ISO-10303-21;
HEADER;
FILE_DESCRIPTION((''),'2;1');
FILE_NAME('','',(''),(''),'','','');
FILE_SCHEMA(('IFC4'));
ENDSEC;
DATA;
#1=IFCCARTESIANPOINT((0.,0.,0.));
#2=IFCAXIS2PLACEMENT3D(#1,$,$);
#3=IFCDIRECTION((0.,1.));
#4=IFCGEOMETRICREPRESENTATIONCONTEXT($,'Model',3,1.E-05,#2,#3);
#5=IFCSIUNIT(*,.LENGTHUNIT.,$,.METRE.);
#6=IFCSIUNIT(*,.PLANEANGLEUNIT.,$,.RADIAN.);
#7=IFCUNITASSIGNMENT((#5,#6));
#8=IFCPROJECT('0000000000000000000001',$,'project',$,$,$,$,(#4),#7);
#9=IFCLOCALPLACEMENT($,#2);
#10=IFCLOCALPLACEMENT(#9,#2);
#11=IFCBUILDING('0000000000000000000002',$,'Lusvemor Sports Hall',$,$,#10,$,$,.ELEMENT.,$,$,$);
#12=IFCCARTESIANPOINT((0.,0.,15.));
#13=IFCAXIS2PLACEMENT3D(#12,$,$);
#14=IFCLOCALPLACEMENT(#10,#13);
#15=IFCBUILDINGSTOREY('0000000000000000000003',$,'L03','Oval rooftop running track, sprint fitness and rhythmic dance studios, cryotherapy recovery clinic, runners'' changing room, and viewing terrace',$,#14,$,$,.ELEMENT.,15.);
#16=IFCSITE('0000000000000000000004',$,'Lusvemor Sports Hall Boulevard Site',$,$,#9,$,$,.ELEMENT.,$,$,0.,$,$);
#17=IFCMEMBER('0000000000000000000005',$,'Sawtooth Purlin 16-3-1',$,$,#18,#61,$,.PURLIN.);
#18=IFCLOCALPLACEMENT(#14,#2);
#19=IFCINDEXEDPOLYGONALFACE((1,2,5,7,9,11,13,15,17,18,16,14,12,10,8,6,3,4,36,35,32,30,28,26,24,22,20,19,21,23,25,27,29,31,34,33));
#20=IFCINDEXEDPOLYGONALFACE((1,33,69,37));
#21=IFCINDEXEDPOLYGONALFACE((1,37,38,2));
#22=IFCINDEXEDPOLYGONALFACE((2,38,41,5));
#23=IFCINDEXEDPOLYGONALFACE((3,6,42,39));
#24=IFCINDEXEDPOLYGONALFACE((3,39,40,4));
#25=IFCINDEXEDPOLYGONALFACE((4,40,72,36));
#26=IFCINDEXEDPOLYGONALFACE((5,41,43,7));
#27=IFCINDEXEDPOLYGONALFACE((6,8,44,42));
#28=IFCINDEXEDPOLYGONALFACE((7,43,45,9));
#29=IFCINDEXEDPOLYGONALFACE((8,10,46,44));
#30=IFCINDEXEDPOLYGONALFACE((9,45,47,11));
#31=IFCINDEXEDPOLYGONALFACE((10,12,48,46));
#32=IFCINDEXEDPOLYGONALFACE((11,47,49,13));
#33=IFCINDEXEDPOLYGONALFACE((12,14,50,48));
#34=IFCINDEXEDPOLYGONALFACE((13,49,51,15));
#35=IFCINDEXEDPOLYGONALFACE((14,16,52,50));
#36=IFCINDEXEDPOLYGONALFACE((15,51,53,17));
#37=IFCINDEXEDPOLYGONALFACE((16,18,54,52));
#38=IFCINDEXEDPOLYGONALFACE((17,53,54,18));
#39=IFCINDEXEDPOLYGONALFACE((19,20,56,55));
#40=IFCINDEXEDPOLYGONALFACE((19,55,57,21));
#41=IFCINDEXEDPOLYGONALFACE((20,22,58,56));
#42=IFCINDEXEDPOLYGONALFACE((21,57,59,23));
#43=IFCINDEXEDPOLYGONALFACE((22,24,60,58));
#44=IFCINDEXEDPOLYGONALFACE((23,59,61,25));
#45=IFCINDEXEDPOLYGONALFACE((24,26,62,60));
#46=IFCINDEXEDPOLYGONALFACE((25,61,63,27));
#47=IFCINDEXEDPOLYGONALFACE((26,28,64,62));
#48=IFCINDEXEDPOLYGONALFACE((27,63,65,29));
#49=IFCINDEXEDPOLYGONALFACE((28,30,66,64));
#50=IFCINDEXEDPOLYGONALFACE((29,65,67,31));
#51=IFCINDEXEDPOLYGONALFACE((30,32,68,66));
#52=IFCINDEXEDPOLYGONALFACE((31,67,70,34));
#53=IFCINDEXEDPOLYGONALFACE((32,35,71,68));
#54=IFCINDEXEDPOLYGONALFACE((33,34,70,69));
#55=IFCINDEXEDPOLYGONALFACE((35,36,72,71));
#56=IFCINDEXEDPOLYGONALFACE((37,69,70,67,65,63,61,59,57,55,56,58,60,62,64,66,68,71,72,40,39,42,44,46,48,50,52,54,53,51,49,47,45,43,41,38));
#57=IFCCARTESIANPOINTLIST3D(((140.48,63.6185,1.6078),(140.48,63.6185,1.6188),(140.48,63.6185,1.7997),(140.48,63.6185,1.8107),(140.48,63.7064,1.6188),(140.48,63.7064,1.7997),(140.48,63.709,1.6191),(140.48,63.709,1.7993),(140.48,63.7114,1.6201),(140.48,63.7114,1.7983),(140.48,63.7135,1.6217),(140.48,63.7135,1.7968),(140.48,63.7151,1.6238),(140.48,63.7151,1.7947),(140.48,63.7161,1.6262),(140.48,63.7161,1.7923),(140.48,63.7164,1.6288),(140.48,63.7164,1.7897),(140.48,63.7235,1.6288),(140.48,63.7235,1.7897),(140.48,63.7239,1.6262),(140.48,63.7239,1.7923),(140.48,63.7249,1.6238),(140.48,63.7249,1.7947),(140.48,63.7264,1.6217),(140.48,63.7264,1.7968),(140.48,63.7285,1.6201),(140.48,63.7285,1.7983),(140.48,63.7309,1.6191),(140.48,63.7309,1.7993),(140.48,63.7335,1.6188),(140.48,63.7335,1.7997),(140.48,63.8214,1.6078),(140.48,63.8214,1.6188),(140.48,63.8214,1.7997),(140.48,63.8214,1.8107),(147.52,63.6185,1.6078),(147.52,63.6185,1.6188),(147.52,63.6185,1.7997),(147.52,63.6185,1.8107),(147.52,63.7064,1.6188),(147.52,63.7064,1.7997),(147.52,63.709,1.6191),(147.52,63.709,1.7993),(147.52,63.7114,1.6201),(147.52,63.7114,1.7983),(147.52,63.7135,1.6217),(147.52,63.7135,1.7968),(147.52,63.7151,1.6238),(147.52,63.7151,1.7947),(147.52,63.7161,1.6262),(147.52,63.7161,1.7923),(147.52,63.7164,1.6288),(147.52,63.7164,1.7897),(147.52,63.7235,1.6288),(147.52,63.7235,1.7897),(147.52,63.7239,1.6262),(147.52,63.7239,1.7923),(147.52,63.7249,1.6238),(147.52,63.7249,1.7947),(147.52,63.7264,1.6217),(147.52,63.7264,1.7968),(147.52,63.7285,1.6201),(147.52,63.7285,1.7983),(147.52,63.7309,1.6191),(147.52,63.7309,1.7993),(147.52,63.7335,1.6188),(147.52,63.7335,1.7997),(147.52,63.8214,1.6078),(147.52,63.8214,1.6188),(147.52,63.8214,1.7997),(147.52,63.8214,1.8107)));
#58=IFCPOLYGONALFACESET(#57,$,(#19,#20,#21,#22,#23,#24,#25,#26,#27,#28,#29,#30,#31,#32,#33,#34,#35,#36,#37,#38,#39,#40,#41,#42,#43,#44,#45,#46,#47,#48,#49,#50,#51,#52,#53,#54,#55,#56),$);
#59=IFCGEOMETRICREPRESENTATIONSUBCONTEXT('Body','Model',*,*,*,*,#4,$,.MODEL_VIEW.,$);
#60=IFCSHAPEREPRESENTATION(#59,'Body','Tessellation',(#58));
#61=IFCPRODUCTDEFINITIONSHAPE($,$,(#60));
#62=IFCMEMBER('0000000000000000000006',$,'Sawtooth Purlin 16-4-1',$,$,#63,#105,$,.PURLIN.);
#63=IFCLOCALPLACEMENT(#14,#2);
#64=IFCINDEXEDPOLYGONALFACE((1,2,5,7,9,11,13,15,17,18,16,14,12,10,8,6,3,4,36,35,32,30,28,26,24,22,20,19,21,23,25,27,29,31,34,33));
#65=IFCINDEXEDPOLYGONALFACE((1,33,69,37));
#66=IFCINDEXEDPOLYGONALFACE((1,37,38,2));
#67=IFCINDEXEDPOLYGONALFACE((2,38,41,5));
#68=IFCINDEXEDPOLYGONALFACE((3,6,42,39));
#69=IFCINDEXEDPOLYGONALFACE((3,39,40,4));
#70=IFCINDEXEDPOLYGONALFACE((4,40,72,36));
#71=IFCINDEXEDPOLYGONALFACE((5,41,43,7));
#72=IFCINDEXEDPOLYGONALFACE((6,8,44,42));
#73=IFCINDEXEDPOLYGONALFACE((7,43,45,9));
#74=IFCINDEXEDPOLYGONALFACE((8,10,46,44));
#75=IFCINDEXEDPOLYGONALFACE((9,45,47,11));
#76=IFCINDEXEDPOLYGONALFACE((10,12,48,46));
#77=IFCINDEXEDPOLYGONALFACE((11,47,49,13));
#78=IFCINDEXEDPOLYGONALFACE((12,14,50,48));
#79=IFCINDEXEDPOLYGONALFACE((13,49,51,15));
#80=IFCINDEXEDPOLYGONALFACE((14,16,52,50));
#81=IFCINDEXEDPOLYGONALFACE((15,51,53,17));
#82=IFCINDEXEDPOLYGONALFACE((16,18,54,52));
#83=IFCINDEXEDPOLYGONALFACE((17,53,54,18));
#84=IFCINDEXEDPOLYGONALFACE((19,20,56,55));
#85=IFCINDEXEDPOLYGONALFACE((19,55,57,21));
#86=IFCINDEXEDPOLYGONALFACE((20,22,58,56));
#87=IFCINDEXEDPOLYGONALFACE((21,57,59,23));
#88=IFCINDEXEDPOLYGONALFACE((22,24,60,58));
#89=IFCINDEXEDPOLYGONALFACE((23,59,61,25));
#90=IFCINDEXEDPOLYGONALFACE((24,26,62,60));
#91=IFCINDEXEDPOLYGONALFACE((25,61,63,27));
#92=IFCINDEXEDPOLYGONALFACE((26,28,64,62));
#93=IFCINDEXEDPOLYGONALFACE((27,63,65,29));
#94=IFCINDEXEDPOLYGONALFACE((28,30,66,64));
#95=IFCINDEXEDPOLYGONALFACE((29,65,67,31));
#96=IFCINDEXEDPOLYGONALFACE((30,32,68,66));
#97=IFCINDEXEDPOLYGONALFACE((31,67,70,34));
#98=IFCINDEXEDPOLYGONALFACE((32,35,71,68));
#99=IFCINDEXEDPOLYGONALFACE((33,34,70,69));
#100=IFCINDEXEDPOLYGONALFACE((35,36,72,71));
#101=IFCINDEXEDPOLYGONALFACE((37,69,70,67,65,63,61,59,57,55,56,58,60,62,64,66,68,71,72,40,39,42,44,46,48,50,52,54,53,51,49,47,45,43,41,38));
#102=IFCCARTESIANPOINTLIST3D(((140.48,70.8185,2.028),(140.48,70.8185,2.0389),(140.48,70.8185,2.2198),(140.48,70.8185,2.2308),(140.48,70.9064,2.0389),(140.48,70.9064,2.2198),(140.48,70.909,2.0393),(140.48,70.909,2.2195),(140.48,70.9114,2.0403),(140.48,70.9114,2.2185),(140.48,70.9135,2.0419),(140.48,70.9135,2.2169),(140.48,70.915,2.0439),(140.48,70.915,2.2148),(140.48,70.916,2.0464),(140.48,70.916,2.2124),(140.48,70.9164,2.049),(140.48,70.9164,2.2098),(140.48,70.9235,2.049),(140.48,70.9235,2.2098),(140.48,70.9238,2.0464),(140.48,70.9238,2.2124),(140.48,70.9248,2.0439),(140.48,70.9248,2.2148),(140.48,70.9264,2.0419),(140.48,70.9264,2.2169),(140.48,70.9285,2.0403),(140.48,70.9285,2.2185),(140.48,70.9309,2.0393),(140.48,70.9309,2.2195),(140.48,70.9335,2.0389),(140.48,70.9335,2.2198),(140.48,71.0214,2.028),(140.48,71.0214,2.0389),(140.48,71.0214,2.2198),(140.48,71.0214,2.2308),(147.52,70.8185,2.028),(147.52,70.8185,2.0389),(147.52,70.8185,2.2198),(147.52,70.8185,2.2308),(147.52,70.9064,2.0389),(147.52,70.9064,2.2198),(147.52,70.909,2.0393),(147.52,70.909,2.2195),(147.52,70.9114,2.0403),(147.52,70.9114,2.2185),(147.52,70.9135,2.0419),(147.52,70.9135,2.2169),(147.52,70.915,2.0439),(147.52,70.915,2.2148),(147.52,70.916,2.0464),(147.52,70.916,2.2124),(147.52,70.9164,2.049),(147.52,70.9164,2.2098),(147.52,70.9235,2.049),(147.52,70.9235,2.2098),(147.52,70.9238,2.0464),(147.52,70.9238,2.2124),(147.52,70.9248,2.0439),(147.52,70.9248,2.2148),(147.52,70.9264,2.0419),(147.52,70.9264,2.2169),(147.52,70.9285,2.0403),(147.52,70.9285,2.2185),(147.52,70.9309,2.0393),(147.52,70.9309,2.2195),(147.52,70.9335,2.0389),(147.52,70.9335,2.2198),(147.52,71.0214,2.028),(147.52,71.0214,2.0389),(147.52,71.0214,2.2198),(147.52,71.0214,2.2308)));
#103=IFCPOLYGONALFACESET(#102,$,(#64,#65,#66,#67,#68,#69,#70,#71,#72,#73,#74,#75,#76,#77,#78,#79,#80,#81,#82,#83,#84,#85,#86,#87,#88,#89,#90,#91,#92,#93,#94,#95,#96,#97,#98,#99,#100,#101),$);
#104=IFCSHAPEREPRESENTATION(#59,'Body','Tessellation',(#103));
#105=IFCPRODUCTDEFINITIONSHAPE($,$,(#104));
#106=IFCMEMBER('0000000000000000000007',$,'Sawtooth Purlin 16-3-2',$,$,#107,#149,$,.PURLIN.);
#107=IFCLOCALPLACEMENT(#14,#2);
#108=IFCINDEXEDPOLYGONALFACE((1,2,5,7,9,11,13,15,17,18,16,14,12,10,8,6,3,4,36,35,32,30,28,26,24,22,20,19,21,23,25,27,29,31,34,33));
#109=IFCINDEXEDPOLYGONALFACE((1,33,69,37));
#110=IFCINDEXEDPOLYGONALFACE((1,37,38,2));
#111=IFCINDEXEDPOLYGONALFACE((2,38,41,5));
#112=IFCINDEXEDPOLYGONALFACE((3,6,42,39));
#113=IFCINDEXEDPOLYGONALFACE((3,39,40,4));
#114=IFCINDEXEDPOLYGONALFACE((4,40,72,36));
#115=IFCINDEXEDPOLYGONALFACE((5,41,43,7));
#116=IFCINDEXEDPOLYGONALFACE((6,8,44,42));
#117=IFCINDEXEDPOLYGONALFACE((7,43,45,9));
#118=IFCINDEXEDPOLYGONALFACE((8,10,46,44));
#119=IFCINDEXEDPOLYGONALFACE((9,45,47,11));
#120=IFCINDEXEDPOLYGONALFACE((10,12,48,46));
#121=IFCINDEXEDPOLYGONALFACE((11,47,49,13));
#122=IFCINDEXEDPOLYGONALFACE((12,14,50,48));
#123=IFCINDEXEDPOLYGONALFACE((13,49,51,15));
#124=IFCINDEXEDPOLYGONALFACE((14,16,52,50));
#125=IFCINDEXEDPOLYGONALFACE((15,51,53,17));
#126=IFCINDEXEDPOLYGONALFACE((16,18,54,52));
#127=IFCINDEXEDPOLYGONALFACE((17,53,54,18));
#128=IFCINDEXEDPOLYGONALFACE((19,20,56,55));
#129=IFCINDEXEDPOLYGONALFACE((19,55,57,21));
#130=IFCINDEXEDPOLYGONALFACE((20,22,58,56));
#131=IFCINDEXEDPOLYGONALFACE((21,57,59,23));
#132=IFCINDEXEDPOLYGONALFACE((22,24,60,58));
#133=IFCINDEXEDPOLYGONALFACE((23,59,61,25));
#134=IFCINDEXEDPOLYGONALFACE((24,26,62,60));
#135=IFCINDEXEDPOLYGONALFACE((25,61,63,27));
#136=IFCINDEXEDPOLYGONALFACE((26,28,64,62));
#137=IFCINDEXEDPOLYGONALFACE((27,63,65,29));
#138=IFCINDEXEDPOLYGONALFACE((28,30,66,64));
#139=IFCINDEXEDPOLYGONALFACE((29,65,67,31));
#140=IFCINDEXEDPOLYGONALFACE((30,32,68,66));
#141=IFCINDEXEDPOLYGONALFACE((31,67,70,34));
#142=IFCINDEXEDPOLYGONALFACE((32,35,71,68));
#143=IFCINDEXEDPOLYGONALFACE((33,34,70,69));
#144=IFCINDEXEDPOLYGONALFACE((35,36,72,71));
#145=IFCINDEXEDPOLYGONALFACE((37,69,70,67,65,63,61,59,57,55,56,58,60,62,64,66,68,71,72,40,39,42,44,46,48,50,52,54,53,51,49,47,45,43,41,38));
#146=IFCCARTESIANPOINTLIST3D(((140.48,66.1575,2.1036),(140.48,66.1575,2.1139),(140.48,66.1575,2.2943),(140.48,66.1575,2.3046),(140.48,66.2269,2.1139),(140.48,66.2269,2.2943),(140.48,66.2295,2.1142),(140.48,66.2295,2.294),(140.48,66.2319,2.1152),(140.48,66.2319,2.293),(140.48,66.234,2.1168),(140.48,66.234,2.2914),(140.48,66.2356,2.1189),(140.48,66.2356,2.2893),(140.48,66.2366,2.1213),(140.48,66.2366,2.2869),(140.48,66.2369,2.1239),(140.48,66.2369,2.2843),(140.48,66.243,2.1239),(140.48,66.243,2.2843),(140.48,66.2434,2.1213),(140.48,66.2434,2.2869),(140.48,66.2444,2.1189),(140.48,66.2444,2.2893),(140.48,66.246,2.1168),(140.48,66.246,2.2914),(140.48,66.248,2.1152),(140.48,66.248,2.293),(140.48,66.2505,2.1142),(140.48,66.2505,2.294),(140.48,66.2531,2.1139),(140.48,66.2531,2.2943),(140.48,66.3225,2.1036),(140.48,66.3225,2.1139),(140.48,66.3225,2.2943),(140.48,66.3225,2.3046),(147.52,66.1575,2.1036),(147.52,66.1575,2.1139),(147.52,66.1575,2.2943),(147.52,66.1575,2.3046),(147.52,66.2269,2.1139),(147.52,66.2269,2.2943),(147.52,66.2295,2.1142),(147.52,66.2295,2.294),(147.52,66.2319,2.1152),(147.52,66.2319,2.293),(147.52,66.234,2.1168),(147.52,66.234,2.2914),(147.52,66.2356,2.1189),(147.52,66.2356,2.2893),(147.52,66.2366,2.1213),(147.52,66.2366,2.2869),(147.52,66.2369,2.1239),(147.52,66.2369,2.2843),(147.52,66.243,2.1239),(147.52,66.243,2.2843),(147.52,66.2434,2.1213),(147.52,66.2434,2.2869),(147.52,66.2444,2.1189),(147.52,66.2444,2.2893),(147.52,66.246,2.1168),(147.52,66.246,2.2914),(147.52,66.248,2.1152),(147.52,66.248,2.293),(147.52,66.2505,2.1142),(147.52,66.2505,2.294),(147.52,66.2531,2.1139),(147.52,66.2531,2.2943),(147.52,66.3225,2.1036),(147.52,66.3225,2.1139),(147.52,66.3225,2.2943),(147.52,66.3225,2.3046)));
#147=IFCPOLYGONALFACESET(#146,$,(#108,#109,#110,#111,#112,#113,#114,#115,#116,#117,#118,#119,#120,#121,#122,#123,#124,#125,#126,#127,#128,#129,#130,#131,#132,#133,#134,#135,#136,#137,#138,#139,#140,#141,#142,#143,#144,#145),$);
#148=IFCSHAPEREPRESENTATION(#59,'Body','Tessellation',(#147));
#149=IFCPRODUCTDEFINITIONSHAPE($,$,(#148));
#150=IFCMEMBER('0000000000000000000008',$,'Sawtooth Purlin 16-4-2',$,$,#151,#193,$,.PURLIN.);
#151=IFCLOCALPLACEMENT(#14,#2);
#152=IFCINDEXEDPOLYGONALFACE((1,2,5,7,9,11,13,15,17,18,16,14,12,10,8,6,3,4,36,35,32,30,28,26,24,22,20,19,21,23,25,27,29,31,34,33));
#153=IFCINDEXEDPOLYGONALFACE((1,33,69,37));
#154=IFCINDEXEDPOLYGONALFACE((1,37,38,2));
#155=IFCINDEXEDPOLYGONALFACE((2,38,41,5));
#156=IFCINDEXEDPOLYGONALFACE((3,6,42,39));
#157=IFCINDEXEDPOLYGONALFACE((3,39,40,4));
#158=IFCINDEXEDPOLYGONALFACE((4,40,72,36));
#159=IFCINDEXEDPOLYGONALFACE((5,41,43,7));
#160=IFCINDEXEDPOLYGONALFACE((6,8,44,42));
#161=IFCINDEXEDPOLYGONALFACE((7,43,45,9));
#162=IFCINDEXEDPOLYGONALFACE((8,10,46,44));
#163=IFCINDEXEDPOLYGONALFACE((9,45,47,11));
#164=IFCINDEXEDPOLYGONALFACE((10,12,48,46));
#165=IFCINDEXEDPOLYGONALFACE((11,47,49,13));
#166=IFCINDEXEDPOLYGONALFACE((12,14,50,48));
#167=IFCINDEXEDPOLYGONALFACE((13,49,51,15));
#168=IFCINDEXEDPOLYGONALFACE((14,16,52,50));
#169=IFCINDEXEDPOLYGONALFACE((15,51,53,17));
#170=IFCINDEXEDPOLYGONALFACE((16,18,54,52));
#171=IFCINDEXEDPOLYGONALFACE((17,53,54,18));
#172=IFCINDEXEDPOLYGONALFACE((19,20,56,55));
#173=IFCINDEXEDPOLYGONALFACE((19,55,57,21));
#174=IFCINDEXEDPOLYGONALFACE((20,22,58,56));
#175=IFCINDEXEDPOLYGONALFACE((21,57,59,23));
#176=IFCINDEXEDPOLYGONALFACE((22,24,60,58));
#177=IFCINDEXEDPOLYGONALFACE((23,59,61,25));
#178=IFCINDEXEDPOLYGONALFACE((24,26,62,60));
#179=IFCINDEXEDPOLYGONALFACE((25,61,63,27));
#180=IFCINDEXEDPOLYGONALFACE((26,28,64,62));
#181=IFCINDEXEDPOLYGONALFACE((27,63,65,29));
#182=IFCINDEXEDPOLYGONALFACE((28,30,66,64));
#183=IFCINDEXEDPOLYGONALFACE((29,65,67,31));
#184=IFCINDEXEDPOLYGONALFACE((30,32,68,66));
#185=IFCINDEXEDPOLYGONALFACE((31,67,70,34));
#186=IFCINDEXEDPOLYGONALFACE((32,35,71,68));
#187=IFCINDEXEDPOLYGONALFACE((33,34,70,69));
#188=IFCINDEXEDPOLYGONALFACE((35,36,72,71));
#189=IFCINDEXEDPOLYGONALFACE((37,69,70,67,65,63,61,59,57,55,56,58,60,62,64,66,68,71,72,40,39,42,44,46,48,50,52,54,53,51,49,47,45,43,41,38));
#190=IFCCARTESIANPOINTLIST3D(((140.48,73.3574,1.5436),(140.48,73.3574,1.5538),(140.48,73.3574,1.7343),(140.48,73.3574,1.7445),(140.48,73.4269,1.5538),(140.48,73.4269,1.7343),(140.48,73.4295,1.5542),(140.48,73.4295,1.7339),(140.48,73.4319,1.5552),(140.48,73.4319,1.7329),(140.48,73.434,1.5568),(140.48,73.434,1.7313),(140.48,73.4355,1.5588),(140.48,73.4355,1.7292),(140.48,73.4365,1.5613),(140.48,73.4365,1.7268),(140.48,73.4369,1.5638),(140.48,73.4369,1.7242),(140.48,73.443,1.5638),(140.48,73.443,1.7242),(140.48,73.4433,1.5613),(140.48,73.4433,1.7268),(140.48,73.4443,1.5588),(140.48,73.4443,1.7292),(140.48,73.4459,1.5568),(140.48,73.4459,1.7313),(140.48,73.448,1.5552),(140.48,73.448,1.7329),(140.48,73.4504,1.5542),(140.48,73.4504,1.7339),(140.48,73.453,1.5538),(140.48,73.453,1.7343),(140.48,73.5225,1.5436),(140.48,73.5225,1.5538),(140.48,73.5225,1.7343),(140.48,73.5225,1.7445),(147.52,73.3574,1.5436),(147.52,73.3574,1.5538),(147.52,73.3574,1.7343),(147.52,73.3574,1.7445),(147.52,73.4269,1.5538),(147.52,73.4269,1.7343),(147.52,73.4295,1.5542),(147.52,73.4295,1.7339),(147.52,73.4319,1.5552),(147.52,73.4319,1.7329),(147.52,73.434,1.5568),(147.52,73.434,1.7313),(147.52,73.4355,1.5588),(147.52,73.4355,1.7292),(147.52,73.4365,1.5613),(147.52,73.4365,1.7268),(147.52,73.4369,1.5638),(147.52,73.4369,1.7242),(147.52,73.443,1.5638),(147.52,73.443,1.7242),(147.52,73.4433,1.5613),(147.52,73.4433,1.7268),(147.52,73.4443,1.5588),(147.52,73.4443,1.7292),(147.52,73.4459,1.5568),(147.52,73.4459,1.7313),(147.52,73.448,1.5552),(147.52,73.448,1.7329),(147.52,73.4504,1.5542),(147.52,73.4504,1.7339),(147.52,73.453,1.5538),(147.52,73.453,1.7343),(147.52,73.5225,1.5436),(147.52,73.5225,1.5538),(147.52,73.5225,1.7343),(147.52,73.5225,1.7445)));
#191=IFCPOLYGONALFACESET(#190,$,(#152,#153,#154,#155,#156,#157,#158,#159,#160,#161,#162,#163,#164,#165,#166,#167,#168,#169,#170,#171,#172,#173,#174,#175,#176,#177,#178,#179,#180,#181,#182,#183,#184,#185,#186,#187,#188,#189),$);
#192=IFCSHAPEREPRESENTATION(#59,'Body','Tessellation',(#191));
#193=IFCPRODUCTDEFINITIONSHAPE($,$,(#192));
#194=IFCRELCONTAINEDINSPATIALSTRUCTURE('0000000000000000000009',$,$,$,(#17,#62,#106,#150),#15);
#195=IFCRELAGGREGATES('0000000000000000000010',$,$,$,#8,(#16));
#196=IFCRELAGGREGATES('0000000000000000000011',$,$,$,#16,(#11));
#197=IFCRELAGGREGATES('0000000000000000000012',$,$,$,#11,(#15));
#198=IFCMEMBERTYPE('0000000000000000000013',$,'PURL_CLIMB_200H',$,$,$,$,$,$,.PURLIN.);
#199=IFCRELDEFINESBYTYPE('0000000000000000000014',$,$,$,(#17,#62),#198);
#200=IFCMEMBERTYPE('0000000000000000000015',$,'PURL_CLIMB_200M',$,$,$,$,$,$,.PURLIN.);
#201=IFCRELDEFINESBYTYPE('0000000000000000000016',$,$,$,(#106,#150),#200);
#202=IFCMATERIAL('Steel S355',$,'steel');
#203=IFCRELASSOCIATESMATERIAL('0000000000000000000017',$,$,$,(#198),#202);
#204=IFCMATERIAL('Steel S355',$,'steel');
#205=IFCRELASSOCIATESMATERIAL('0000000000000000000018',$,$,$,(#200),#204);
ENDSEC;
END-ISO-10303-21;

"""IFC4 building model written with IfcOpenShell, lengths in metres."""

from ifc_helpers import new_model, si_unit, direction, frame, origin, origin_2d, place, context, subcontext, project, spatial, i_section, extrude, material, material_profile, profile_set, type_object, element, save


model = new_model("IFC4")

# Units and contexts
model_context = context("Model", 3, precision=1e-05, world=origin(), true_north=direction((0.0, 1.0)))
body_context = subcontext(model_context, "Body", "Model", "MODEL_VIEW")
ifc_project = project(units=[si_unit("LENGTHUNIT", "METRE"), si_unit("PLANEANGLEUNIT", "RADIAN")], contexts=[model_context])

# Site, building, storey
site_placement = place(None, origin())
site = spatial("IfcSite", under=ifc_project, at=site_placement, Name="Lusvemor Sports Hall Boulevard Site", CompositionType="ELEMENT", RefElevation=0.0)
building_placement = place(site_placement, origin())
building = spatial("IfcBuilding", under=site, at=building_placement, Name="Lusvemor Sports Hall", CompositionType="ELEMENT")
storey_placement = place(building_placement, frame((0.0, 0.0, 15.0)))
storey = spatial("IfcBuildingStorey", under=building, at=storey_placement, Name="L03", Description="Oval rooftop running track, sprint fitness and rhythmic dance studios, cryotherapy recovery clinic, runners' changing room, and viewing terrace", CompositionType="ELEMENT", Elevation=15.0)

# Members
ifc_material_1 = material(Name="Steel S355", Category="steel")
ifc_material_profile_1 = material_profile(ifc_material_1, i_section(OverallWidth=0.2029, OverallDepth=0.2029, WebThickness=0.0071, FlangeThickness=0.011, FilletRadius=0.01, at=origin_2d()), Name="W200x46.1")
ifc_profile_set_1 = profile_set([ifc_material_profile_1], Name="Steel S355")
member_type_1 = type_object("IfcMemberType", Name="PURL_CLIMB_200H", PredefinedType="PURLIN", material=ifc_profile_set_1)
for number, where, z_axis, x_axis, name in (
    (1, (140.48, 63.72, 1.7092), (1.0, 0.0, 0.0), (0.0, 1.0, 0.0), "Sawtooth Purlin 16-3-1"),
    (2, (140.48, 70.9199, 2.1294), (1.0, 0.0, 0.0), (0.0, 1.0, 0.0), "Sawtooth Purlin 16-4-1"),
):
    element("IfcMember", number, at=place(storey_placement, frame(where, z_axis=z_axis, x_axis=x_axis)), inside=storey, type_object=member_type_1, Name=name, PredefinedType="PURLIN", context=body_context, shape_type="SweptSolid", body=[
        extrude(i_section(OverallWidth=0.2029, OverallDepth=0.2029, WebThickness=0.0071, FlangeThickness=0.011, FilletRadius=0.01, at=origin_2d()), origin(), (0.0, 0.0, 1.0), 7.04),
    ])
ifc_material_2 = material(Name="Steel S355", Category="steel")
ifc_material_profile_2 = material_profile(ifc_material_2, i_section(OverallWidth=0.165, OverallDepth=0.2009, WebThickness=0.0061, FlangeThickness=0.0103, FilletRadius=0.01, at=origin_2d()), Name="W200x35.9")
ifc_profile_set_2 = profile_set([ifc_material_profile_2], Name="Steel S355")
member_type_2 = type_object("IfcMemberType", Name="PURL_CLIMB_200M", PredefinedType="PURLIN", material=ifc_profile_set_2)
for number, where, z_axis, x_axis, name in (
    (3, (140.48, 66.24, 2.2041), (1.0, 0.0, 0.0), (0.0, 1.0, 0.0), "Sawtooth Purlin 16-3-2"),
    (4, (140.48, 73.4399, 1.644), (1.0, 0.0, 0.0), (0.0, 1.0, 0.0), "Sawtooth Purlin 16-4-2"),
):
    element("IfcMember", number, at=place(storey_placement, frame(where, z_axis=z_axis, x_axis=x_axis)), inside=storey, type_object=member_type_2, Name=name, PredefinedType="PURLIN", context=body_context, shape_type="SweptSolid", body=[
        extrude(i_section(OverallWidth=0.165, OverallDepth=0.2009, WebThickness=0.0061, FlangeThickness=0.0103, FilletRadius=0.01, at=origin_2d()), origin(), (0.0, 0.0, 1.0), 7.04),
    ])

save(model, "model.ifc")
